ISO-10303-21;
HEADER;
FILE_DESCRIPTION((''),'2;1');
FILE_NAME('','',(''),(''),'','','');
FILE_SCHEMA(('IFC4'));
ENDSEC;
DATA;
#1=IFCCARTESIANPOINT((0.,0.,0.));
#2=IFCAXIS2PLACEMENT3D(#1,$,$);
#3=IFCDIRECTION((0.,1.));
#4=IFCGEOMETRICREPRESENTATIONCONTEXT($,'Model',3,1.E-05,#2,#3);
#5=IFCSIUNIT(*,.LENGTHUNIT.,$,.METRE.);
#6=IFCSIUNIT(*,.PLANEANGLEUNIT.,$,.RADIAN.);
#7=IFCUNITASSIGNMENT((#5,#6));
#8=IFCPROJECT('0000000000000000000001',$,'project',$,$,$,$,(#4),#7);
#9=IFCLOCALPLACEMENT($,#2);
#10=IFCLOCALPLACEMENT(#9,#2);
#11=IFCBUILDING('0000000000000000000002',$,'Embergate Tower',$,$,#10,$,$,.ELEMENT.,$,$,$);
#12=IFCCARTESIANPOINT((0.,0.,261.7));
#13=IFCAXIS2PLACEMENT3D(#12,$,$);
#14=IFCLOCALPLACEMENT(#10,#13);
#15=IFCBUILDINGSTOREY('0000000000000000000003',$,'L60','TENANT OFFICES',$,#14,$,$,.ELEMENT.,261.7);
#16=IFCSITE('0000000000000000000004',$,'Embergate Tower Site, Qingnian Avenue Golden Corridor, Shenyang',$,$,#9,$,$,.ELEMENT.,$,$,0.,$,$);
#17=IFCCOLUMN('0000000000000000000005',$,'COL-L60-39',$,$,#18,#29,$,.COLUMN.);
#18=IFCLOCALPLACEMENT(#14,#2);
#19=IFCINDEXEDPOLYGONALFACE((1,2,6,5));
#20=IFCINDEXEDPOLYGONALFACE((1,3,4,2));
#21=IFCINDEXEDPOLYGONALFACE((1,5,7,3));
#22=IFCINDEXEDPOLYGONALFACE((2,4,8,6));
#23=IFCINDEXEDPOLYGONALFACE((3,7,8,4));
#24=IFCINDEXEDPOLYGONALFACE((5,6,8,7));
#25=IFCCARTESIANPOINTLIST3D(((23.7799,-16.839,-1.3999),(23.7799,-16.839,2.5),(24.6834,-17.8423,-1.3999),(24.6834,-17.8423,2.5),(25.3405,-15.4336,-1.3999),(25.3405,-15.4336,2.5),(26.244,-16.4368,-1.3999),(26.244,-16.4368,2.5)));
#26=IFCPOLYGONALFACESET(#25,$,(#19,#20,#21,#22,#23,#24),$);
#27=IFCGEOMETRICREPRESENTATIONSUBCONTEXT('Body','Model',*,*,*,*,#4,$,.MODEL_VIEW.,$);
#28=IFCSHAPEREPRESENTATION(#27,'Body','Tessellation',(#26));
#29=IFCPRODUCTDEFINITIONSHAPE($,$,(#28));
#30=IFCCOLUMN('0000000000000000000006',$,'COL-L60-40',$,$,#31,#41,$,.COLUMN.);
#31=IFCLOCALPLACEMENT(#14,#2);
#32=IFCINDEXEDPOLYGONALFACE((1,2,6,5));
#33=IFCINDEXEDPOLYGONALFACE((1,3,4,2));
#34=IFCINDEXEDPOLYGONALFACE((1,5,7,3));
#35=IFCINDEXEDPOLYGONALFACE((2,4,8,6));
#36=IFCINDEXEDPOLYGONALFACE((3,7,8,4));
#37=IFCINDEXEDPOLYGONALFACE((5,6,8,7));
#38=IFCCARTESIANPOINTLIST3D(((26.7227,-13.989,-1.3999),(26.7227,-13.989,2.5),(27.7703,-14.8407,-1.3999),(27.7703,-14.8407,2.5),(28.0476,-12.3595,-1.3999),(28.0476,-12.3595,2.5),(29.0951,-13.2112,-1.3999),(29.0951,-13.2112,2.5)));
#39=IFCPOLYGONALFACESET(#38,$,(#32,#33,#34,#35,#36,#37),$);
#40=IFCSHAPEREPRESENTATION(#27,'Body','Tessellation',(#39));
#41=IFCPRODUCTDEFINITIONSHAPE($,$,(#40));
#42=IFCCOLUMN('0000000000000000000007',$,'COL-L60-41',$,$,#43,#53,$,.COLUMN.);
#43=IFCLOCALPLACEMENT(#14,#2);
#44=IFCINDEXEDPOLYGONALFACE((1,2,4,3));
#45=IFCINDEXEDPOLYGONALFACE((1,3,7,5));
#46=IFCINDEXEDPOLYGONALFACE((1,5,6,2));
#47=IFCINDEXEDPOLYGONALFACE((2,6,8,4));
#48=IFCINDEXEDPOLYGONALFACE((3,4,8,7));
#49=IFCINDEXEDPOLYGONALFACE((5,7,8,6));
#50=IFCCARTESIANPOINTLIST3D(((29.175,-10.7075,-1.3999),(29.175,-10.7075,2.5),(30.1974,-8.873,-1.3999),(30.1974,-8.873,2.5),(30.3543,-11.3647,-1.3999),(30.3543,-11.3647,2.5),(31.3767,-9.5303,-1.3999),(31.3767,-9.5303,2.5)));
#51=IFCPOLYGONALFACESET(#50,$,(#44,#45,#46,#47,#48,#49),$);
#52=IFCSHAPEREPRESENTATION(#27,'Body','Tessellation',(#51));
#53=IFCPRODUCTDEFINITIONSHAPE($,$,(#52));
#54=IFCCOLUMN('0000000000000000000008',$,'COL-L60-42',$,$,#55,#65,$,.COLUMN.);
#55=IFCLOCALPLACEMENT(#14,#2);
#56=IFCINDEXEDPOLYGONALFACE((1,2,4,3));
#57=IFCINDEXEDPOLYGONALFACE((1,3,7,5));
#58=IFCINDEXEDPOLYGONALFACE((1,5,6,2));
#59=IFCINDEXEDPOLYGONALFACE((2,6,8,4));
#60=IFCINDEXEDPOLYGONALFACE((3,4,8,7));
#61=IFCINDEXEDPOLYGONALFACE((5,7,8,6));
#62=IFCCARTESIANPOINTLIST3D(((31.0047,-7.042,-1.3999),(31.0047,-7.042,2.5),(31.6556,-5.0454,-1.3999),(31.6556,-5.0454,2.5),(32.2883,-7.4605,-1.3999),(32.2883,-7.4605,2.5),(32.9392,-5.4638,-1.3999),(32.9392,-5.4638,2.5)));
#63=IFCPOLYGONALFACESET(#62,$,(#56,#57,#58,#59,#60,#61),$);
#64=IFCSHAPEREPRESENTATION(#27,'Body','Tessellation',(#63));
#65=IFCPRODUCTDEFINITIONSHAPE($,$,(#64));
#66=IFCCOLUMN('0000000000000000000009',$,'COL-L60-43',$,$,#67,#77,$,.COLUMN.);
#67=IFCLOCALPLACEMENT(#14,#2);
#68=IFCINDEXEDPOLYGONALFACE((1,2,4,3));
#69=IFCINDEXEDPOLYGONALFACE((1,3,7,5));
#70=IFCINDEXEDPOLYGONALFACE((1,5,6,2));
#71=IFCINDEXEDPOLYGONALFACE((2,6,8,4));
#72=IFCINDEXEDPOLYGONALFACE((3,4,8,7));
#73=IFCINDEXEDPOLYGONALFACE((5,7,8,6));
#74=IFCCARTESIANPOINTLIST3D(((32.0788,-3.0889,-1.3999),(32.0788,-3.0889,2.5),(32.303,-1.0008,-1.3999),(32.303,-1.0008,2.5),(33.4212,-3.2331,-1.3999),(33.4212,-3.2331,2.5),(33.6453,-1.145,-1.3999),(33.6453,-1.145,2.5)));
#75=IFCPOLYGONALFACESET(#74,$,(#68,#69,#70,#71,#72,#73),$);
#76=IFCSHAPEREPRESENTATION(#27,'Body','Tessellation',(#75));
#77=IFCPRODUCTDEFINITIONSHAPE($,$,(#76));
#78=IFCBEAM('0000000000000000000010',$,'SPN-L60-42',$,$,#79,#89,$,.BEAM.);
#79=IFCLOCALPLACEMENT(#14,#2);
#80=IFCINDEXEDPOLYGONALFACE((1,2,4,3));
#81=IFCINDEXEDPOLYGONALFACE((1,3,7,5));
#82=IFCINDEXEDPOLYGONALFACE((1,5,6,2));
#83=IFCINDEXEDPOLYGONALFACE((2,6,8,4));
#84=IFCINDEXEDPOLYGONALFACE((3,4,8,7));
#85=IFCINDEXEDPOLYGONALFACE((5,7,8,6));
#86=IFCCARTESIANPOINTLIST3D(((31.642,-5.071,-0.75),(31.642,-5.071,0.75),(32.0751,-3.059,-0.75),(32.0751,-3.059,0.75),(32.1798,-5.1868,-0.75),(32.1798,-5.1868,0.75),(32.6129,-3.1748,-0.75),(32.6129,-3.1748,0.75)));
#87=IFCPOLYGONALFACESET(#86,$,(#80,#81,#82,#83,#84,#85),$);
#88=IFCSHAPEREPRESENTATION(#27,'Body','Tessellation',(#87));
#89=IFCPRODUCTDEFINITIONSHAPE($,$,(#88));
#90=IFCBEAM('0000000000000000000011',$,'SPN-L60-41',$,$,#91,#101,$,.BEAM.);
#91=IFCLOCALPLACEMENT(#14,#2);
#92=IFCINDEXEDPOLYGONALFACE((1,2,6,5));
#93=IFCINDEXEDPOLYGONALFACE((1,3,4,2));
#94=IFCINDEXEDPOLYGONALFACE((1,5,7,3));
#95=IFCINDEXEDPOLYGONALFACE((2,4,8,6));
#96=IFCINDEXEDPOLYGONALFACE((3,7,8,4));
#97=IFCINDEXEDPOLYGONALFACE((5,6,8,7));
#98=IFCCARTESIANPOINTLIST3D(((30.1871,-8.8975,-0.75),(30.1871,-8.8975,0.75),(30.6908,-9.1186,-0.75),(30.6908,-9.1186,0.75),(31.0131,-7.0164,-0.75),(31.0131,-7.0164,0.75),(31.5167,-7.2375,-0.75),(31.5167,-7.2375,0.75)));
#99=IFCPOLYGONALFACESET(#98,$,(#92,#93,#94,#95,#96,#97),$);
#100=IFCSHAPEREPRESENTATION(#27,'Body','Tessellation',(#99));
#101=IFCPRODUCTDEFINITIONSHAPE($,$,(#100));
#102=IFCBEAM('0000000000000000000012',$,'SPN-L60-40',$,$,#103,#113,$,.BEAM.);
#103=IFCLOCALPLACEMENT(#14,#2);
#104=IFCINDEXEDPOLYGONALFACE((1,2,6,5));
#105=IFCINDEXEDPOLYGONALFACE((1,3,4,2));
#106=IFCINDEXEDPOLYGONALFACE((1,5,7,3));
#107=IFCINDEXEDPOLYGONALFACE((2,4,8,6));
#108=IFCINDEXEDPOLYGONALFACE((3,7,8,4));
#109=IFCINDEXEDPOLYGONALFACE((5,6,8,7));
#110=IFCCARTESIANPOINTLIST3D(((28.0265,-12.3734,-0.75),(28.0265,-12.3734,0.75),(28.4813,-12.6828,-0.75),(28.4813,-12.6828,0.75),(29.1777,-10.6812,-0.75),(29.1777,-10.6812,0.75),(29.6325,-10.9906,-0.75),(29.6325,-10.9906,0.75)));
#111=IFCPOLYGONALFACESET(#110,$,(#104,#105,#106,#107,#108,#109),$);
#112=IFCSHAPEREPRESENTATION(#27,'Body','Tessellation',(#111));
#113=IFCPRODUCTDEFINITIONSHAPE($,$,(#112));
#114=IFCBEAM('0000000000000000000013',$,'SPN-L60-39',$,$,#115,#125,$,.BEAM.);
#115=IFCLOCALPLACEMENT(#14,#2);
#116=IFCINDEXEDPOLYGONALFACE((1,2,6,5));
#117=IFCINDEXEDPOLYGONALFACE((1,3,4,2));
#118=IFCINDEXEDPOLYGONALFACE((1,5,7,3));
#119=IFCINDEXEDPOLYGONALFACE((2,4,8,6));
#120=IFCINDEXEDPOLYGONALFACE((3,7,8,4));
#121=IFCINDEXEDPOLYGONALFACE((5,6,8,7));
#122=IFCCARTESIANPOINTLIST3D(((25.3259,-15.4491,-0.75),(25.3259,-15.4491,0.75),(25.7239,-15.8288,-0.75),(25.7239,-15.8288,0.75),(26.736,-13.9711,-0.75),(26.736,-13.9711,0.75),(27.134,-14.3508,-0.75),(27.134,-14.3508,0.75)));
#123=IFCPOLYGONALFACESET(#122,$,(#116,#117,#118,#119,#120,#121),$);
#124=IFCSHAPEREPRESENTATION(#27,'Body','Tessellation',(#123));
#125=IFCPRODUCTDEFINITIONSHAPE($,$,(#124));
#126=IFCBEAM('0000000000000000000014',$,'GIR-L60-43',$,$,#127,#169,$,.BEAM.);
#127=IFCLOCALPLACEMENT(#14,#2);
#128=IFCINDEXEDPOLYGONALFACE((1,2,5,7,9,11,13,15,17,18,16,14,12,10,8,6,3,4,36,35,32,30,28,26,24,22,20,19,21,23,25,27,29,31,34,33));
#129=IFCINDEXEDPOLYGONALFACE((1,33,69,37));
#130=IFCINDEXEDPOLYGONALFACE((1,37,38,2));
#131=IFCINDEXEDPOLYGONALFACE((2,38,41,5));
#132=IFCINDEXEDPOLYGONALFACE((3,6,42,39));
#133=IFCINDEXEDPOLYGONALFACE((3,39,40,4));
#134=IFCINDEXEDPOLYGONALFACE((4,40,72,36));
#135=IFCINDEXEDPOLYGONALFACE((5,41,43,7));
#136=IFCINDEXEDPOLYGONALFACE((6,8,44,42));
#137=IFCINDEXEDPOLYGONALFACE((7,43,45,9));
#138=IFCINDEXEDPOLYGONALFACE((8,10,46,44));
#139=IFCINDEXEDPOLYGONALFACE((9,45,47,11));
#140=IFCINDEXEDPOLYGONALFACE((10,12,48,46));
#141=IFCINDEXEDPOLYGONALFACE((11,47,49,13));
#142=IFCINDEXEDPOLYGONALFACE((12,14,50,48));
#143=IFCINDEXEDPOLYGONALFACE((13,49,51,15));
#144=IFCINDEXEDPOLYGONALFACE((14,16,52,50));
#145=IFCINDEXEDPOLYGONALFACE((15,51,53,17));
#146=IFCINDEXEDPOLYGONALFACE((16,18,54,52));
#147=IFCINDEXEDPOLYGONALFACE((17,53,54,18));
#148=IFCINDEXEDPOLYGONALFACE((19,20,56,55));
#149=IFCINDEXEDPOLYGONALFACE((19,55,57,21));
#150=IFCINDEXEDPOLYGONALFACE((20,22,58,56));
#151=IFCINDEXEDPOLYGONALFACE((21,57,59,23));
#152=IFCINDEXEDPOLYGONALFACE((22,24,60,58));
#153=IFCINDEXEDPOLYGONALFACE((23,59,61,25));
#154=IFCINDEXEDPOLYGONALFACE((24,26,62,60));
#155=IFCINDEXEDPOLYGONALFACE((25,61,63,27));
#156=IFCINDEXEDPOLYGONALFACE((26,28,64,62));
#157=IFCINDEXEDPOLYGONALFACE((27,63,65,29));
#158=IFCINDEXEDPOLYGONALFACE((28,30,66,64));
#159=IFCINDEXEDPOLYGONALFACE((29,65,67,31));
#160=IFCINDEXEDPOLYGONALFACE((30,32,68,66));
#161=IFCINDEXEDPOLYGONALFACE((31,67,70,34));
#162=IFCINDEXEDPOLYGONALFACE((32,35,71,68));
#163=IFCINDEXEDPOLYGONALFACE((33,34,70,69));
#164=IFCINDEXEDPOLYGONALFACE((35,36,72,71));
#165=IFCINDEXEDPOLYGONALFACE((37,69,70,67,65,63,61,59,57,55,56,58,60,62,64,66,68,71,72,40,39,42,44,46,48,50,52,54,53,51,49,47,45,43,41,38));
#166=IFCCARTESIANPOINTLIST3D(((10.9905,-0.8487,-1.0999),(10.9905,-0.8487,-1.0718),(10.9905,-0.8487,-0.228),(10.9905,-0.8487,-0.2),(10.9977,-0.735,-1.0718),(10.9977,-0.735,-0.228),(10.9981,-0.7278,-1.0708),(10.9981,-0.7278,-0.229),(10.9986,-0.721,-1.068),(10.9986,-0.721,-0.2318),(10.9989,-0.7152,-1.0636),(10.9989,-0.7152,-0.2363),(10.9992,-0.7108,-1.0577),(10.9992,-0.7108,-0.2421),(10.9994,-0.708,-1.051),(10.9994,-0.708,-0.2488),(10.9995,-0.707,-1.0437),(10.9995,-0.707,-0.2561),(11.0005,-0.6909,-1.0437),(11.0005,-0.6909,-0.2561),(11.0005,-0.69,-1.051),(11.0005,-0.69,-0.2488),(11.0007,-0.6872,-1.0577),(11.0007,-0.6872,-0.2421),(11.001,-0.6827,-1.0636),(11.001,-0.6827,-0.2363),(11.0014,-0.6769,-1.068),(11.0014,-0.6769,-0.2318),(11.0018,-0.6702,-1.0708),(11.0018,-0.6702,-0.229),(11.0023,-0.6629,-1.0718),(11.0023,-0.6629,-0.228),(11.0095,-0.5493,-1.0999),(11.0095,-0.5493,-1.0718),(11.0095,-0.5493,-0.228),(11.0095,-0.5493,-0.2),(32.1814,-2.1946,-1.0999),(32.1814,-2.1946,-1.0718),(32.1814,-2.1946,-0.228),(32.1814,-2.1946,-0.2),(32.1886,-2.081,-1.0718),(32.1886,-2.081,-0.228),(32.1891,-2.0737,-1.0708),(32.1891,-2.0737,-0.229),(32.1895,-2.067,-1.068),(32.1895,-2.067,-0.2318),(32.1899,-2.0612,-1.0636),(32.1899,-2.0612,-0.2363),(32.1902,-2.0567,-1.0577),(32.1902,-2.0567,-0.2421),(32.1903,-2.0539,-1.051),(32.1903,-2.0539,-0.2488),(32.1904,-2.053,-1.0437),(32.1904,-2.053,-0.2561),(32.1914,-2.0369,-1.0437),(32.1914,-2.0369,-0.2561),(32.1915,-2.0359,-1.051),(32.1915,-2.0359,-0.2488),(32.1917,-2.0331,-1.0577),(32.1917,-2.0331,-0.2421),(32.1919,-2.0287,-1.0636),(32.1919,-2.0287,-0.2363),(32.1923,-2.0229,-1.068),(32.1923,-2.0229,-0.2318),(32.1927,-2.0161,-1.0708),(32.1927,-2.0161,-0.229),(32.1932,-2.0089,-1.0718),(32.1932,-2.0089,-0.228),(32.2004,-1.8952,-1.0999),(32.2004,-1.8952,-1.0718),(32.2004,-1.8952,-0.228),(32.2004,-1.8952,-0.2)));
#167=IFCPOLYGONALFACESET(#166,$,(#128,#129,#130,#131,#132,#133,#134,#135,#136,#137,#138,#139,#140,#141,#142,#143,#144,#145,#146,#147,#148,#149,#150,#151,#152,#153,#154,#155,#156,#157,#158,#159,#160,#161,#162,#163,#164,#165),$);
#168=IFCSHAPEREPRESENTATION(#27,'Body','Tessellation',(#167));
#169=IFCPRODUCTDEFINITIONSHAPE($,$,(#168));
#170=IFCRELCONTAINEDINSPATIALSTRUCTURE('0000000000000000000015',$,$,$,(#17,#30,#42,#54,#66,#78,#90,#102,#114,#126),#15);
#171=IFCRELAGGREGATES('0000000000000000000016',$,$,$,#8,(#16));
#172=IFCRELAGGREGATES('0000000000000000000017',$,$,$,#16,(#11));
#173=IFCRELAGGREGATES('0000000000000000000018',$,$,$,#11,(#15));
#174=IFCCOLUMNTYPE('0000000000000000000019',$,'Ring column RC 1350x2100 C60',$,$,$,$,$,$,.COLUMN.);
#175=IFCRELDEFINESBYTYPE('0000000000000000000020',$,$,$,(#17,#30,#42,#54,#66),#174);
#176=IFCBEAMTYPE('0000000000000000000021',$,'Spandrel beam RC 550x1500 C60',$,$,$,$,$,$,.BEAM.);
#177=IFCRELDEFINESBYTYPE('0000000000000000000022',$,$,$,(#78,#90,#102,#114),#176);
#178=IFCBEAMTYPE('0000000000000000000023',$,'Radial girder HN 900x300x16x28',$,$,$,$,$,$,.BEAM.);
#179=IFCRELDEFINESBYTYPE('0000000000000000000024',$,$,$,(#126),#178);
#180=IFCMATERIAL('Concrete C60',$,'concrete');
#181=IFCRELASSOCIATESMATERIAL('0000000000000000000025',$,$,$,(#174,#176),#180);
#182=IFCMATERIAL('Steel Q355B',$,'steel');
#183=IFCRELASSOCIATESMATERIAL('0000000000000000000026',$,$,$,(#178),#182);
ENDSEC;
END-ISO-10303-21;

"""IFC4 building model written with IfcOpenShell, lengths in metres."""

from ifc_helpers import new_model, si_unit, direction, frame, origin, origin_2d, place, context, subcontext, project, spatial, rectangle, i_section, extrude, source, transform, mapped, material, material_profile, profile_set, type_object, element, save


model = new_model("IFC4")

# Units and contexts
model_context = context("Model", 3, precision=1e-05, world=origin(), true_north=direction((0.0, 1.0)))
body_context = subcontext(model_context, "Body", "Model", "MODEL_VIEW")
ifc_project = project(units=[si_unit("LENGTHUNIT", "METRE"), si_unit("PLANEANGLEUNIT", "RADIAN")], contexts=[model_context])

# Site, building, storey
site_placement = place(None, origin())
site = spatial("IfcSite", under=ifc_project, at=site_placement, Name="Embergate Tower Site, Qingnian Avenue Golden Corridor, Shenyang", CompositionType="ELEMENT", RefElevation=0.0)
building_placement = place(site_placement, origin())
building = spatial("IfcBuilding", under=site, at=building_placement, Name="Embergate Tower", CompositionType="ELEMENT")
storey_placement = place(building_placement, frame((0.0, 0.0, 261.7)))
storey = spatial("IfcBuildingStorey", under=building, at=storey_placement, Name="L60", Description="TENANT OFFICES", CompositionType="ELEMENT", Elevation=261.7)

# Columns
ifc_material_1 = material(Name="Concrete C60", Category="concrete")
ifc_material_profile_1 = material_profile(ifc_material_1, rectangle(XDim=1.3501, YDim=2.1001, at=origin_2d()), Name="RC 1350x2100")
ifc_profile_set_1 = profile_set([ifc_material_profile_1], Name="Concrete C60")
column_type = type_object("IfcColumnType", Name="Ring column RC 1350x2100 C60", PredefinedType="COLUMN", material=ifc_profile_set_1)
shared_shape_1 = source(origin(), body_context, "Body", "SweptSolid", [
    extrude(rectangle(XDim=1.3501, YDim=2.1001, at=origin_2d()), origin(), (0.0, 0.0, 1.0), 3.8999),
])
for number, where, z_axis, x_axis, name in (
    (1, (25.012, -16.6379, -1.3999), (0.0, 0.0, 1.0), (0.669208, -0.743075, 0.0), "COL-L60-39"),
    (2, (27.9089, -13.6001, -1.3999), (0.0, 0.0, 1.0), (0.775914, -0.630838, 0.0), "COL-L60-40"),
    (3, (30.2759, -10.1189, -1.3999), (0.0, 0.0, 1.0), (0.873492, -0.486839, 0.0), "COL-L60-41"),
    (4, (31.9719, -6.2529, -1.3999), (0.0, 0.0, 1.0), (0.950754, -0.309946, 0.0), "COL-L60-42"),
    (5, (32.8621, -2.1169, -1.3999), (0.0, 0.0, 1.0), (0.994286, -0.10675, 0.0), "COL-L60-43"),
):
    element("IfcColumn", number, at=place(storey_placement, frame(where, z_axis=z_axis, x_axis=x_axis)), inside=storey, type_object=column_type, Name=name, PredefinedType="COLUMN", context=body_context, shape_type="MappedRepresentation", body=[
        mapped(shared_shape_1, transform((0.0, 0.0, 0.0))),
    ])

# Beams
ifc_material_profile_2 = material_profile(ifc_material_1, rectangle(XDim=0.55, YDim=1.5, at=origin_2d()), Name="RC 550x1500")
ifc_profile_set_2 = profile_set([ifc_material_profile_2], Name="Concrete C60")
beam_type_1 = type_object("IfcBeamType", Name="Spandrel beam RC 550x1500 C60", PredefinedType="BEAM", material=ifc_profile_set_2)
shared_shape_2 = source(origin(), body_context, "Body", "SweptSolid", [
    extrude(rectangle(XDim=0.55, YDim=1.5, at=origin_2d()), origin(), (0.0, 0.0, 1.0), 2.0581),
])
beam_1_placement = place(storey_placement, frame((31.9109, -5.1289, 0.0), z_axis=(0.210444, 0.977606, 0.0), x_axis=(-0.977606, 0.210444, 0.0)))
element("IfcBeam", 6, at=beam_1_placement, inside=storey, type_object=beam_type_1, Name="SPN-L60-42", PredefinedType="BEAM", context=body_context, shape_type="MappedRepresentation", body=[
    mapped(shared_shape_2, transform((0.0, 0.0, 0.0))),
])
shared_shape_3 = source(origin(), body_context, "Body", "SweptSolid", [
    extrude(rectangle(XDim=0.55, YDim=1.5, at=origin_2d()), origin(), (0.0, 0.0, 1.0), 2.0544),
])
beam_2_placement = place(storey_placement, frame((30.439, -9.0081, 0.0), z_axis=(0.402022, 0.91563, 0.0), x_axis=(-0.91563, 0.402022, 0.0)))
element("IfcBeam", 7, at=beam_2_placement, inside=storey, type_object=beam_type_1, Name="SPN-L60-41", PredefinedType="BEAM", context=body_context, shape_type="MappedRepresentation", body=[
    mapped(shared_shape_3, transform((0.0, 0.0, 0.0))),
])
shared_shape_4 = source(origin(), body_context, "Body", "SweptSolid", [
    extrude(rectangle(XDim=0.55, YDim=1.5, at=origin_2d()), origin(), (0.0, 0.0, 1.0), 2.0466),
])
beam_3_placement = place(storey_placement, frame((28.2539, -12.5281, 0.0), z_axis=(0.562467, 0.82682, 0.0), x_axis=(-0.82682, 0.562467, 0.0)))
element("IfcBeam", 8, at=beam_3_placement, inside=storey, type_object=beam_type_1, Name="SPN-L60-40", PredefinedType="BEAM", context=body_context, shape_type="MappedRepresentation", body=[
    mapped(shared_shape_4, transform((0.0, 0.0, 0.0))),
])
shared_shape_5 = source(origin(), body_context, "Body", "SweptSolid", [
    extrude(rectangle(XDim=0.55, YDim=1.5, at=origin_2d()), origin(), (0.0, 0.0, 1.0), 2.0427),
])
beam_4_placement = place(storey_placement, frame((25.5249, -15.6389, 0.0), z_axis=(0.690299, 0.723524, 0.0), x_axis=(-0.723524, 0.690299, 0.0)))
element("IfcBeam", 9, at=beam_4_placement, inside=storey, type_object=beam_type_1, Name="SPN-L60-39", PredefinedType="BEAM", context=body_context, shape_type="MappedRepresentation", body=[
    mapped(shared_shape_5, transform((0.0, 0.0, 0.0))),
])
ifc_material_2 = material(Name="Steel Q355B", Category="steel")
ifc_material_profile_3 = material_profile(ifc_material_2, i_section(OverallWidth=0.3, OverallDepth=0.8999, WebThickness=0.0161, FlangeThickness=0.0281, FilletRadius=0.0281, at=origin_2d()), Name="HN 900x300x16x28")
ifc_profile_set_3 = profile_set([ifc_material_profile_3], Name="Steel Q355 grade B")
beam_type_2 = type_object("IfcBeamType", Name="Radial girder HN 900x300x16x28", PredefinedType="BEAM", material=ifc_profile_set_3)
shared_shape_6 = source(origin(), body_context, "Body", "SweptSolid", [
    extrude(i_section(OverallWidth=0.3, OverallDepth=0.8999, WebThickness=0.0161, FlangeThickness=0.0281, FilletRadius=0.0281, at=origin_2d()), origin(), (0.0, 0.0, 1.0), 21.2336),
])
beam_5_placement = place(storey_placement, frame((32.1909, -2.0449, -0.6499), z_axis=(-0.997989, 0.063388, 0.0), x_axis=(-0.063388, -0.997989, 0.0)))
element("IfcBeam", 10, at=beam_5_placement, inside=storey, type_object=beam_type_2, Name="GIR-L60-43", PredefinedType="BEAM", context=body_context, shape_type="MappedRepresentation", body=[
    mapped(shared_shape_6, transform((0.0, 0.0, 0.0))),
])

save(model, "model.ifc")
